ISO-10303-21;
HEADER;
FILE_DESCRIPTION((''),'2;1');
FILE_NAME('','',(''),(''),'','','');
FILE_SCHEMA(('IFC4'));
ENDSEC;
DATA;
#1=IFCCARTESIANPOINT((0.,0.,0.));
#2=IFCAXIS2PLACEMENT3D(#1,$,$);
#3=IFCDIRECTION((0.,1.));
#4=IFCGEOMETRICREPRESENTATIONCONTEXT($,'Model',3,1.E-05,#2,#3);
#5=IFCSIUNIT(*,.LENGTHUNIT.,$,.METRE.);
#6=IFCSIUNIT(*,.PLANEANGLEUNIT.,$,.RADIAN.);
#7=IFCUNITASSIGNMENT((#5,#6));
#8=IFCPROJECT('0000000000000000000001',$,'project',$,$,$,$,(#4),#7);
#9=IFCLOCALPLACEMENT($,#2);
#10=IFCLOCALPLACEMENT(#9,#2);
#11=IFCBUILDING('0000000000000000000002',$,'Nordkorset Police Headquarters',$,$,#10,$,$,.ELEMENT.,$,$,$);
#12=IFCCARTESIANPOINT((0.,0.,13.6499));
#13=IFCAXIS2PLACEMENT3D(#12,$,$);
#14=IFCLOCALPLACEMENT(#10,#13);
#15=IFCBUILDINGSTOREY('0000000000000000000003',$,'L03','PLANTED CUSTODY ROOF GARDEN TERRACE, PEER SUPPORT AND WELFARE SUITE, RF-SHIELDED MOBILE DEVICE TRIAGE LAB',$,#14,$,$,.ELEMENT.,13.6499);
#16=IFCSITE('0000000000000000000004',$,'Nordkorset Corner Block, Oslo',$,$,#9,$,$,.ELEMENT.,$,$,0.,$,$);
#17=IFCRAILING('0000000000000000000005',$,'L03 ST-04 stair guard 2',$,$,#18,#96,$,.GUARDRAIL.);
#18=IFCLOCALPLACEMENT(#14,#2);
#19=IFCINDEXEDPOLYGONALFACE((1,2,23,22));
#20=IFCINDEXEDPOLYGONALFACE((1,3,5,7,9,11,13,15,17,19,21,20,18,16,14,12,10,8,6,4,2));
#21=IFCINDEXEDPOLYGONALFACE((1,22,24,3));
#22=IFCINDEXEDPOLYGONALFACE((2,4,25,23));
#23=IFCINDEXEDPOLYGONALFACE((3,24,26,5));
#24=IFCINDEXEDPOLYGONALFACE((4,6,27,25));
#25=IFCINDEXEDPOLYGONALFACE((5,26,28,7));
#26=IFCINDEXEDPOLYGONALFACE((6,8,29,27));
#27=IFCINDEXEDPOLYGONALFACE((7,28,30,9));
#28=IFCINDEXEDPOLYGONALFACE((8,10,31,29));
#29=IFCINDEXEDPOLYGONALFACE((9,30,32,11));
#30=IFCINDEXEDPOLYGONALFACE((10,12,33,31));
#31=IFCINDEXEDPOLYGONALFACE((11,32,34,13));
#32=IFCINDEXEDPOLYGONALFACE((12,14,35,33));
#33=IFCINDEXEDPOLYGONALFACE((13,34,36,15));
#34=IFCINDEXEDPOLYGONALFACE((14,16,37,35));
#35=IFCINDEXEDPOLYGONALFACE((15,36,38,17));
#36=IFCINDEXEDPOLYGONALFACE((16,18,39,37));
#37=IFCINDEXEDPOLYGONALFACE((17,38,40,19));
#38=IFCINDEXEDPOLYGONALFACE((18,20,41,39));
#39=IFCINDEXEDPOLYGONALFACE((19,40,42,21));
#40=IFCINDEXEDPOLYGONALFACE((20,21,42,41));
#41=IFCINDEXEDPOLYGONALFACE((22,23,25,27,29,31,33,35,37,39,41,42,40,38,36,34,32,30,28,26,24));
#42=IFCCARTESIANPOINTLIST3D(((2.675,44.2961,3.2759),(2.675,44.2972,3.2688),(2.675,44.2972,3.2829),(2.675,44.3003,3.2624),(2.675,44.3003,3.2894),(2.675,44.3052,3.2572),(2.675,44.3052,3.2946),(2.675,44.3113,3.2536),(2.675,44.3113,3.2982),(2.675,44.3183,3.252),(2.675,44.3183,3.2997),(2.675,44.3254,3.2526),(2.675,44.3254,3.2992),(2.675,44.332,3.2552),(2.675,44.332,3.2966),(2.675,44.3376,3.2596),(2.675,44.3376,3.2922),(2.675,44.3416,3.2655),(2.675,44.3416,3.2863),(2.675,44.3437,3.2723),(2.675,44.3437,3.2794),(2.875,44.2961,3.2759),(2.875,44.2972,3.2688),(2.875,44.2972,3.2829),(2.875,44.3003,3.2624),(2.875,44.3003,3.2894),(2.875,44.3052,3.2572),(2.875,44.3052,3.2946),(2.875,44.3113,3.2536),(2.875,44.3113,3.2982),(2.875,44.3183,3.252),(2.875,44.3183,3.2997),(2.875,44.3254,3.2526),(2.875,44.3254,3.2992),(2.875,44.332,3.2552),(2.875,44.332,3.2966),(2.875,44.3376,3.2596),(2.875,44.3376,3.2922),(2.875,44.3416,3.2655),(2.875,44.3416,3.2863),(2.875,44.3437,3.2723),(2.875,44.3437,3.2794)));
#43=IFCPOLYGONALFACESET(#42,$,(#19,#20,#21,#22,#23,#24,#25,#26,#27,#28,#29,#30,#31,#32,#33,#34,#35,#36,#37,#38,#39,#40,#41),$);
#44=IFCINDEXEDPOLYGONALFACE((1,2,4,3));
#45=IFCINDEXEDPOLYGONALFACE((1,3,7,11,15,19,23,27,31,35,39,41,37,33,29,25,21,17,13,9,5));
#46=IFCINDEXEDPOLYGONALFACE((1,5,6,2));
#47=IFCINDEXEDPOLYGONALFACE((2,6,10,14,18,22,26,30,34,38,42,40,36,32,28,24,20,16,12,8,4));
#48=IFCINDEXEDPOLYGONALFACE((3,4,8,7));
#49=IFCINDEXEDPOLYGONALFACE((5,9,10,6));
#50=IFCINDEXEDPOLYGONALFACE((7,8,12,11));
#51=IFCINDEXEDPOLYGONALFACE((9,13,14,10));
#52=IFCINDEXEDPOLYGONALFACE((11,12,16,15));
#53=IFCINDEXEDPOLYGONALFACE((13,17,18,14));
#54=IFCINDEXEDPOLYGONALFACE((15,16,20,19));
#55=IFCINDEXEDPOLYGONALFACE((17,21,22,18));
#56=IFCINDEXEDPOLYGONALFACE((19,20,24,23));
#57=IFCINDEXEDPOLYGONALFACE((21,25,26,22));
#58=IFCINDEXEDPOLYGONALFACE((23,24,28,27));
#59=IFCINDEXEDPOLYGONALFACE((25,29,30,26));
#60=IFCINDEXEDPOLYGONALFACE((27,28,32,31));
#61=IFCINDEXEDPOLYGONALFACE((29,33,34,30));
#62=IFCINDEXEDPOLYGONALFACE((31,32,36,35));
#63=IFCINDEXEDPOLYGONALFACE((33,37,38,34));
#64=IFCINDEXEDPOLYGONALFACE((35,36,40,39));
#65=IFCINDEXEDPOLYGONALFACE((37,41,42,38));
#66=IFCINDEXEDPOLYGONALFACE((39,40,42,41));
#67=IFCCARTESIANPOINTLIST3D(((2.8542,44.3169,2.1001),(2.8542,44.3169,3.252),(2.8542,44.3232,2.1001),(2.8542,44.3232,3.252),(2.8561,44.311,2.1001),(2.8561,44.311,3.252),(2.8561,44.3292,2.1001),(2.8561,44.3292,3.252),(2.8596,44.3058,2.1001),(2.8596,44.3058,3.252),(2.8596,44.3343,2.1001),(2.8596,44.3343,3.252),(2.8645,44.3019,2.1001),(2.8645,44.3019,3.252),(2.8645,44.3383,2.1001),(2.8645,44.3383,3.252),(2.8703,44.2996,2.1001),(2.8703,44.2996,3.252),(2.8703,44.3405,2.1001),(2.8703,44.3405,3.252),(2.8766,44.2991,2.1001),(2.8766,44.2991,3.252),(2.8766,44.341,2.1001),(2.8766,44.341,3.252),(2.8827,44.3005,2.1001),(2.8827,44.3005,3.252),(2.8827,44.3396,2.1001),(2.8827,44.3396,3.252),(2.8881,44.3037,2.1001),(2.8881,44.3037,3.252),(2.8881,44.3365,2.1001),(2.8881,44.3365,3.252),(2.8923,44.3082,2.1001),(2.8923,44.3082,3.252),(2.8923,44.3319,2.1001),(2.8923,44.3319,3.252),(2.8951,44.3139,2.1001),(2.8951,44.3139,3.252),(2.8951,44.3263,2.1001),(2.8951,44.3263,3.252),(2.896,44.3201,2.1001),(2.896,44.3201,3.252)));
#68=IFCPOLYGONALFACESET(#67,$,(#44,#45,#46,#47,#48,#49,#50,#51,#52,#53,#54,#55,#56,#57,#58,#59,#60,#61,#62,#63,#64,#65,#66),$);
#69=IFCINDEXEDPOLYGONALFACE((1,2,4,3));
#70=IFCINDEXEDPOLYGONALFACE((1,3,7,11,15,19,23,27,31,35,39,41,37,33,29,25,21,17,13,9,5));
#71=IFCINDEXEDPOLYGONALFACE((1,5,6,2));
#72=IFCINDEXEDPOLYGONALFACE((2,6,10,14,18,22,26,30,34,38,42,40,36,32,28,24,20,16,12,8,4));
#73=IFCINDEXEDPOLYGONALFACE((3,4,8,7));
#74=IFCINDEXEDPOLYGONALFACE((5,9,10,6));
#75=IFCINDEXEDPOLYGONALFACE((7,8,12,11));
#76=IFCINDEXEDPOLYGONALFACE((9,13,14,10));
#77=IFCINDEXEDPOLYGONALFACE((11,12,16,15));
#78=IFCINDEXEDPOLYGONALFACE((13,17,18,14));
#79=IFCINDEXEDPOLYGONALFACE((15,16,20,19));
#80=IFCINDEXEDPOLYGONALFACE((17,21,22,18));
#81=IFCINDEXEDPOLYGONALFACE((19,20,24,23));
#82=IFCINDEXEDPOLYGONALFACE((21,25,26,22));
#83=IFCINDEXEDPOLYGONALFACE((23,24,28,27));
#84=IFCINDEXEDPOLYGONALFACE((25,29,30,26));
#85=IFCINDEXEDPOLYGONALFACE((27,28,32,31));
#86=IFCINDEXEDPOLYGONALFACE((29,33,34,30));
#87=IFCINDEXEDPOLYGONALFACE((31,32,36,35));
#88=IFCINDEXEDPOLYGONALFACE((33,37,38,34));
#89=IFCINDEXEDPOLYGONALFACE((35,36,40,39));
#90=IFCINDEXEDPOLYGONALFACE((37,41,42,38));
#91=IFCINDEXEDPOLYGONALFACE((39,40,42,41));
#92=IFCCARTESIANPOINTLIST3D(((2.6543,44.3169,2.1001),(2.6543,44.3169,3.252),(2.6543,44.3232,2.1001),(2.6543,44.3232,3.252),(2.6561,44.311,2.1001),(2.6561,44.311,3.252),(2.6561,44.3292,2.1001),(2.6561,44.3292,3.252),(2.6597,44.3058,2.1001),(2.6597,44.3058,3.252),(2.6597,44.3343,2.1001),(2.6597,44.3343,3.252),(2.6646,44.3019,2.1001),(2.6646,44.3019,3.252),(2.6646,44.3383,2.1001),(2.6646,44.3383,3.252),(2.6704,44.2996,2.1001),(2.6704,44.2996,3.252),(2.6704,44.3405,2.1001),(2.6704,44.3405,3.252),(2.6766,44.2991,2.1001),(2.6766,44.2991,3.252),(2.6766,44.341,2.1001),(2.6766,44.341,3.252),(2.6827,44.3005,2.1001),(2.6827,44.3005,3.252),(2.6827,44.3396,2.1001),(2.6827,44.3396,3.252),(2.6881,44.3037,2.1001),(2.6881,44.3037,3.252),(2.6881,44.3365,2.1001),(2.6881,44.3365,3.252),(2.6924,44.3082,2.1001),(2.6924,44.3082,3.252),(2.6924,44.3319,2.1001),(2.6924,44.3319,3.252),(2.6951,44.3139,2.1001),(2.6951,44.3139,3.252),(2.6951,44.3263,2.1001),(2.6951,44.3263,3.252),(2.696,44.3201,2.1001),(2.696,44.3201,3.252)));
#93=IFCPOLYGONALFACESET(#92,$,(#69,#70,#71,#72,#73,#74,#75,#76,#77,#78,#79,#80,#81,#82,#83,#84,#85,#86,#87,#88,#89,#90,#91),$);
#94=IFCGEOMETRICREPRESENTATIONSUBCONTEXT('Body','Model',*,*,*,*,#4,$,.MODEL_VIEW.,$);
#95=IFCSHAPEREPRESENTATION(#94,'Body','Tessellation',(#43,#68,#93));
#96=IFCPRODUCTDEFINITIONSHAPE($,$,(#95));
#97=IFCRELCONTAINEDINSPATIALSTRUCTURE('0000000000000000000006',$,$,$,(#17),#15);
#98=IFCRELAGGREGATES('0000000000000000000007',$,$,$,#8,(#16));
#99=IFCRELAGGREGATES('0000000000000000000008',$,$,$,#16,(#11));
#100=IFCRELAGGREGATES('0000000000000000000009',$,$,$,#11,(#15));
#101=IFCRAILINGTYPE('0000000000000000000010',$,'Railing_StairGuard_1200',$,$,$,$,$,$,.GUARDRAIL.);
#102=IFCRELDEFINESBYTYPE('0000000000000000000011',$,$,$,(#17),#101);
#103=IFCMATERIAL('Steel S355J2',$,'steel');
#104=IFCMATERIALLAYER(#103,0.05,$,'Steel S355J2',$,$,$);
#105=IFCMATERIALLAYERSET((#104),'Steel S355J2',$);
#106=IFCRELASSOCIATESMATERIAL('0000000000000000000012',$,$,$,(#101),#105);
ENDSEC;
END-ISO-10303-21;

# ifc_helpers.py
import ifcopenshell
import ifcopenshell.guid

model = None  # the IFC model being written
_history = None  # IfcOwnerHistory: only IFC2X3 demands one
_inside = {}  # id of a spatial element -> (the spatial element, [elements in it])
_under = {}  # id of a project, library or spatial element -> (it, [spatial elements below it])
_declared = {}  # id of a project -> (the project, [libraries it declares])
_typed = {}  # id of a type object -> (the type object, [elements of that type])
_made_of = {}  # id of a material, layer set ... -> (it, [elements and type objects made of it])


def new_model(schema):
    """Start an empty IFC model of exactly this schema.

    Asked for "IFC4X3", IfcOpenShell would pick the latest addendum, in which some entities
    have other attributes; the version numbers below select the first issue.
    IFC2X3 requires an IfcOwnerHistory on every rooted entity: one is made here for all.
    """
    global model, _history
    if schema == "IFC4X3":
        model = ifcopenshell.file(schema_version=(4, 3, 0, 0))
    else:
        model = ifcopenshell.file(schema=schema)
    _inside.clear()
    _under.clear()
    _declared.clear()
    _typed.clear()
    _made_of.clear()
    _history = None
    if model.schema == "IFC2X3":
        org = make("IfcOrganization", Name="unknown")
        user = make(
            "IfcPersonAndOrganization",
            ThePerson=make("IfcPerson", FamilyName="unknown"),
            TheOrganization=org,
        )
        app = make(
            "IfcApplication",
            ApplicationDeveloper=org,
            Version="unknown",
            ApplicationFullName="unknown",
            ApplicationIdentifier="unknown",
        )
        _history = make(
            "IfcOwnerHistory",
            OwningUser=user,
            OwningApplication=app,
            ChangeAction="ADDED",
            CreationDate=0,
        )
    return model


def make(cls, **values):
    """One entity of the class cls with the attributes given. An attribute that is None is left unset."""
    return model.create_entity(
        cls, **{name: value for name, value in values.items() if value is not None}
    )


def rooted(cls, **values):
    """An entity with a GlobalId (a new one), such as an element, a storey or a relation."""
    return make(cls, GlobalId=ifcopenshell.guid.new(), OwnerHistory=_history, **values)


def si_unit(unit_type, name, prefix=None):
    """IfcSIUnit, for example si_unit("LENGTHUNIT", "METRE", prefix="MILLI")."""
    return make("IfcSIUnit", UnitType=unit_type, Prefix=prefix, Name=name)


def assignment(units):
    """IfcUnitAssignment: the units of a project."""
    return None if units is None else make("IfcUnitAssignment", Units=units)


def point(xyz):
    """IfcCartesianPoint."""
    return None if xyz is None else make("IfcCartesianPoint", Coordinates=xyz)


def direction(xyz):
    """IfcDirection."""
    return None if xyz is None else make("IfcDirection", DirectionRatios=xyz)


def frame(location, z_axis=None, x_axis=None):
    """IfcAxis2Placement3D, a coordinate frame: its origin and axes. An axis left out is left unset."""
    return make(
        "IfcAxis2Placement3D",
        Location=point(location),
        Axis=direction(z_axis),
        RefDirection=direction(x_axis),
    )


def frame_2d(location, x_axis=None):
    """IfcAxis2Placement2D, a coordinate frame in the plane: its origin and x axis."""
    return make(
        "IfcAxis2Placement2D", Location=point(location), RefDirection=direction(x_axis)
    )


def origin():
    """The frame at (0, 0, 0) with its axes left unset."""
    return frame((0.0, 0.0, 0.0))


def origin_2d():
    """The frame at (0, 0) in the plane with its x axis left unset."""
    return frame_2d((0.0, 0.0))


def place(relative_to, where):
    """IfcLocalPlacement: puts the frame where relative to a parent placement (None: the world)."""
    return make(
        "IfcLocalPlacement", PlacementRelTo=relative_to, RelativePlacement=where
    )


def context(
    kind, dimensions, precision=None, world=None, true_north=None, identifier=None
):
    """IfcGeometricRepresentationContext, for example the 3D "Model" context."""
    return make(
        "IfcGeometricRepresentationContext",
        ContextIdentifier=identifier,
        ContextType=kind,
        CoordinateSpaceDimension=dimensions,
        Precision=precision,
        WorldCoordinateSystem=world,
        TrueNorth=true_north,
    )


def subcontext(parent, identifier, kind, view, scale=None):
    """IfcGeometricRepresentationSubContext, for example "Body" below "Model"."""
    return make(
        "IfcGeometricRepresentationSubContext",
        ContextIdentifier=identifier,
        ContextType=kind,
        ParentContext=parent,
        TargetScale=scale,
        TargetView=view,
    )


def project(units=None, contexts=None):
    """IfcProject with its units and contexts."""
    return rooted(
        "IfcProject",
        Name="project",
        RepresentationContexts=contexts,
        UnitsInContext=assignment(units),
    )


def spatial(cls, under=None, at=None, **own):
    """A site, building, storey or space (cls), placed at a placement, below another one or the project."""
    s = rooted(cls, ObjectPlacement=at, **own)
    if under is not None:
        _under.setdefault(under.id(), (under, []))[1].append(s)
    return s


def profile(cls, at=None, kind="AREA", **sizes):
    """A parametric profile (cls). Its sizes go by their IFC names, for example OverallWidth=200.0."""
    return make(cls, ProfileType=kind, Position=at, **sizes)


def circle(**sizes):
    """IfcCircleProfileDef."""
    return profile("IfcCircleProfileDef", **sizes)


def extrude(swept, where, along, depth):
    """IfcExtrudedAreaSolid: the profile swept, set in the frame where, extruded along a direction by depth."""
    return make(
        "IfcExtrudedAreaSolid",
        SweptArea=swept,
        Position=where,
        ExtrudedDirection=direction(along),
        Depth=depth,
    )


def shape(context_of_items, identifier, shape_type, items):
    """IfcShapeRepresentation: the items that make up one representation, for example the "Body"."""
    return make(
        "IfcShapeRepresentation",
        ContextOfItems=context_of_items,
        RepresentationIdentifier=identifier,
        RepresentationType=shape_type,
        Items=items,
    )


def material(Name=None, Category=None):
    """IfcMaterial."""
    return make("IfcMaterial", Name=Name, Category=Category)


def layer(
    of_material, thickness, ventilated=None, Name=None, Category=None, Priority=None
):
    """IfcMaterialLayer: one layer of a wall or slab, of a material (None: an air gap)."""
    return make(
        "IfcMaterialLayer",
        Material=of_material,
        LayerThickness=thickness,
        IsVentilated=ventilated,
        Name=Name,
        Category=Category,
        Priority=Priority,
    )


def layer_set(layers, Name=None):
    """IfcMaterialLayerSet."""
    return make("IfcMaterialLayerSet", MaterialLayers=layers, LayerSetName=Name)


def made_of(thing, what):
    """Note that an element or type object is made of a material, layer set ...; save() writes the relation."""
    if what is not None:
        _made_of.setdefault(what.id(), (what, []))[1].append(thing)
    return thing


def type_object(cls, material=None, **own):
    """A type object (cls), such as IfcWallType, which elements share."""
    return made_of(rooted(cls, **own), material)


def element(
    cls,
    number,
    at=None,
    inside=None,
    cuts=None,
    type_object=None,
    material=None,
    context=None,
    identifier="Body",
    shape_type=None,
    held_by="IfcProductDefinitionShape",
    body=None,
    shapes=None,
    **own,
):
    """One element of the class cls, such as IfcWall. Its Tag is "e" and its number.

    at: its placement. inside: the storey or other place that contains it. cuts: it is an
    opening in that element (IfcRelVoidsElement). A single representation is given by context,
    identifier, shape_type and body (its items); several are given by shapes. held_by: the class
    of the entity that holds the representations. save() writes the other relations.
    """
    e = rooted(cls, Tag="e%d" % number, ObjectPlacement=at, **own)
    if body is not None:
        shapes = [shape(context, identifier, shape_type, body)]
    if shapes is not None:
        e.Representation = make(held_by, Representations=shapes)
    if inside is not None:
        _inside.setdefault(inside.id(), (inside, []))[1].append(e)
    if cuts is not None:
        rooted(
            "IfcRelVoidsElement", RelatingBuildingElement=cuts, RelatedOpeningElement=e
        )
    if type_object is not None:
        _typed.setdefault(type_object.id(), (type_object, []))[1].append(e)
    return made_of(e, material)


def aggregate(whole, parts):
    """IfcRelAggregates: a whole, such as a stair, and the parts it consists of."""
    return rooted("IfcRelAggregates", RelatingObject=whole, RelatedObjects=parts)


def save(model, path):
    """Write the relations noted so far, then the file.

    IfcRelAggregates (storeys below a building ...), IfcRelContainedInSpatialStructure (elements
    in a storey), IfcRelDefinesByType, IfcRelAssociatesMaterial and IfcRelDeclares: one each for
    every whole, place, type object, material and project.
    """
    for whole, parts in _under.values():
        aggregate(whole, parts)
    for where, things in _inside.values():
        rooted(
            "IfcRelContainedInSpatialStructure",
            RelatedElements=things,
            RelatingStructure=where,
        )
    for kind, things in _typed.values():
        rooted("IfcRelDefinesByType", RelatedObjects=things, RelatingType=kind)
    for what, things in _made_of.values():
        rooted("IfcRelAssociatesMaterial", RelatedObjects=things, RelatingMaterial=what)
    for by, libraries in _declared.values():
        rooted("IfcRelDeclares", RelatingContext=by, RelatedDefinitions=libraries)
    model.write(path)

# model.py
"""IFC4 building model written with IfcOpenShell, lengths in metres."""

from ifc_helpers import new_model, si_unit, direction, frame, origin, origin_2d, place, context, subcontext, project, spatial, circle, extrude, material, layer, layer_set, type_object, element, save


model = new_model("IFC4")

# Units and contexts
model_context = context("Model", 3, precision=1e-05, world=origin(), true_north=direction((0.0, 1.0)))
body_context = subcontext(model_context, "Body", "Model", "MODEL_VIEW")
ifc_project = project(units=[si_unit("LENGTHUNIT", "METRE"), si_unit("PLANEANGLEUNIT", "RADIAN")], contexts=[model_context])

# Site, building, storey
site_placement = place(None, origin())
site = spatial("IfcSite", under=ifc_project, at=site_placement, Name="Nordkorset Corner Block, Oslo", CompositionType="ELEMENT", RefElevation=0.0)
building_placement = place(site_placement, origin())
building = spatial("IfcBuilding", under=site, at=building_placement, Name="Nordkorset Police Headquarters", CompositionType="ELEMENT")
storey_placement = place(building_placement, frame((0.0, 0.0, 13.6499)))
storey = spatial("IfcBuildingStorey", under=building, at=storey_placement, Name="L03", Description="PLANTED CUSTODY ROOF GARDEN TERRACE, PEER SUPPORT AND WELFARE SUITE, RF-SHIELDED MOBILE DEVICE TRIAGE LAB", CompositionType="ELEMENT", Elevation=13.6499)

# Railing
ifc_material_1 = material(Name="Steel S355J2", Category="steel")
ifc_layer_1 = layer(ifc_material_1, 0.05, Name="Steel S355J2")
ifc_layer_set_1 = layer_set([ifc_layer_1], Name="Steel S355J2")
railing_type_1 = type_object("IfcRailingType", Name="Railing_StairGuard_1200", PredefinedType="GUARDRAIL", material=ifc_layer_set_1)
railing_1_placement = place(storey_placement, frame((2.875, 44.3201, 2.1001)))
element("IfcRailing", 1, at=railing_1_placement, inside=storey, type_object=railing_type_1, Name="L03 ST-04 stair guard 2", PredefinedType="GUARDRAIL", context=body_context, shape_type="SweptSolid", body=[
    extrude(circle(Radius=0.0239, at=origin_2d()), frame((0.0, 0.0, 1.1758), z_axis=(-1.0, 0.0, 0.0), x_axis=(0.0, -1.0, 0.0)), (0.0, 0.0, 1.0), 0.2),
    extrude(circle(Radius=0.021, at=origin_2d()), origin(), (0.0, 0.0, 1.0), 1.1519),
    extrude(circle(Radius=0.021, at=origin_2d()), frame((-0.2, 0.0, 0.0)), (0.0, 0.0, 1.0), 1.1519),
])

save(model, "model.ifc")
